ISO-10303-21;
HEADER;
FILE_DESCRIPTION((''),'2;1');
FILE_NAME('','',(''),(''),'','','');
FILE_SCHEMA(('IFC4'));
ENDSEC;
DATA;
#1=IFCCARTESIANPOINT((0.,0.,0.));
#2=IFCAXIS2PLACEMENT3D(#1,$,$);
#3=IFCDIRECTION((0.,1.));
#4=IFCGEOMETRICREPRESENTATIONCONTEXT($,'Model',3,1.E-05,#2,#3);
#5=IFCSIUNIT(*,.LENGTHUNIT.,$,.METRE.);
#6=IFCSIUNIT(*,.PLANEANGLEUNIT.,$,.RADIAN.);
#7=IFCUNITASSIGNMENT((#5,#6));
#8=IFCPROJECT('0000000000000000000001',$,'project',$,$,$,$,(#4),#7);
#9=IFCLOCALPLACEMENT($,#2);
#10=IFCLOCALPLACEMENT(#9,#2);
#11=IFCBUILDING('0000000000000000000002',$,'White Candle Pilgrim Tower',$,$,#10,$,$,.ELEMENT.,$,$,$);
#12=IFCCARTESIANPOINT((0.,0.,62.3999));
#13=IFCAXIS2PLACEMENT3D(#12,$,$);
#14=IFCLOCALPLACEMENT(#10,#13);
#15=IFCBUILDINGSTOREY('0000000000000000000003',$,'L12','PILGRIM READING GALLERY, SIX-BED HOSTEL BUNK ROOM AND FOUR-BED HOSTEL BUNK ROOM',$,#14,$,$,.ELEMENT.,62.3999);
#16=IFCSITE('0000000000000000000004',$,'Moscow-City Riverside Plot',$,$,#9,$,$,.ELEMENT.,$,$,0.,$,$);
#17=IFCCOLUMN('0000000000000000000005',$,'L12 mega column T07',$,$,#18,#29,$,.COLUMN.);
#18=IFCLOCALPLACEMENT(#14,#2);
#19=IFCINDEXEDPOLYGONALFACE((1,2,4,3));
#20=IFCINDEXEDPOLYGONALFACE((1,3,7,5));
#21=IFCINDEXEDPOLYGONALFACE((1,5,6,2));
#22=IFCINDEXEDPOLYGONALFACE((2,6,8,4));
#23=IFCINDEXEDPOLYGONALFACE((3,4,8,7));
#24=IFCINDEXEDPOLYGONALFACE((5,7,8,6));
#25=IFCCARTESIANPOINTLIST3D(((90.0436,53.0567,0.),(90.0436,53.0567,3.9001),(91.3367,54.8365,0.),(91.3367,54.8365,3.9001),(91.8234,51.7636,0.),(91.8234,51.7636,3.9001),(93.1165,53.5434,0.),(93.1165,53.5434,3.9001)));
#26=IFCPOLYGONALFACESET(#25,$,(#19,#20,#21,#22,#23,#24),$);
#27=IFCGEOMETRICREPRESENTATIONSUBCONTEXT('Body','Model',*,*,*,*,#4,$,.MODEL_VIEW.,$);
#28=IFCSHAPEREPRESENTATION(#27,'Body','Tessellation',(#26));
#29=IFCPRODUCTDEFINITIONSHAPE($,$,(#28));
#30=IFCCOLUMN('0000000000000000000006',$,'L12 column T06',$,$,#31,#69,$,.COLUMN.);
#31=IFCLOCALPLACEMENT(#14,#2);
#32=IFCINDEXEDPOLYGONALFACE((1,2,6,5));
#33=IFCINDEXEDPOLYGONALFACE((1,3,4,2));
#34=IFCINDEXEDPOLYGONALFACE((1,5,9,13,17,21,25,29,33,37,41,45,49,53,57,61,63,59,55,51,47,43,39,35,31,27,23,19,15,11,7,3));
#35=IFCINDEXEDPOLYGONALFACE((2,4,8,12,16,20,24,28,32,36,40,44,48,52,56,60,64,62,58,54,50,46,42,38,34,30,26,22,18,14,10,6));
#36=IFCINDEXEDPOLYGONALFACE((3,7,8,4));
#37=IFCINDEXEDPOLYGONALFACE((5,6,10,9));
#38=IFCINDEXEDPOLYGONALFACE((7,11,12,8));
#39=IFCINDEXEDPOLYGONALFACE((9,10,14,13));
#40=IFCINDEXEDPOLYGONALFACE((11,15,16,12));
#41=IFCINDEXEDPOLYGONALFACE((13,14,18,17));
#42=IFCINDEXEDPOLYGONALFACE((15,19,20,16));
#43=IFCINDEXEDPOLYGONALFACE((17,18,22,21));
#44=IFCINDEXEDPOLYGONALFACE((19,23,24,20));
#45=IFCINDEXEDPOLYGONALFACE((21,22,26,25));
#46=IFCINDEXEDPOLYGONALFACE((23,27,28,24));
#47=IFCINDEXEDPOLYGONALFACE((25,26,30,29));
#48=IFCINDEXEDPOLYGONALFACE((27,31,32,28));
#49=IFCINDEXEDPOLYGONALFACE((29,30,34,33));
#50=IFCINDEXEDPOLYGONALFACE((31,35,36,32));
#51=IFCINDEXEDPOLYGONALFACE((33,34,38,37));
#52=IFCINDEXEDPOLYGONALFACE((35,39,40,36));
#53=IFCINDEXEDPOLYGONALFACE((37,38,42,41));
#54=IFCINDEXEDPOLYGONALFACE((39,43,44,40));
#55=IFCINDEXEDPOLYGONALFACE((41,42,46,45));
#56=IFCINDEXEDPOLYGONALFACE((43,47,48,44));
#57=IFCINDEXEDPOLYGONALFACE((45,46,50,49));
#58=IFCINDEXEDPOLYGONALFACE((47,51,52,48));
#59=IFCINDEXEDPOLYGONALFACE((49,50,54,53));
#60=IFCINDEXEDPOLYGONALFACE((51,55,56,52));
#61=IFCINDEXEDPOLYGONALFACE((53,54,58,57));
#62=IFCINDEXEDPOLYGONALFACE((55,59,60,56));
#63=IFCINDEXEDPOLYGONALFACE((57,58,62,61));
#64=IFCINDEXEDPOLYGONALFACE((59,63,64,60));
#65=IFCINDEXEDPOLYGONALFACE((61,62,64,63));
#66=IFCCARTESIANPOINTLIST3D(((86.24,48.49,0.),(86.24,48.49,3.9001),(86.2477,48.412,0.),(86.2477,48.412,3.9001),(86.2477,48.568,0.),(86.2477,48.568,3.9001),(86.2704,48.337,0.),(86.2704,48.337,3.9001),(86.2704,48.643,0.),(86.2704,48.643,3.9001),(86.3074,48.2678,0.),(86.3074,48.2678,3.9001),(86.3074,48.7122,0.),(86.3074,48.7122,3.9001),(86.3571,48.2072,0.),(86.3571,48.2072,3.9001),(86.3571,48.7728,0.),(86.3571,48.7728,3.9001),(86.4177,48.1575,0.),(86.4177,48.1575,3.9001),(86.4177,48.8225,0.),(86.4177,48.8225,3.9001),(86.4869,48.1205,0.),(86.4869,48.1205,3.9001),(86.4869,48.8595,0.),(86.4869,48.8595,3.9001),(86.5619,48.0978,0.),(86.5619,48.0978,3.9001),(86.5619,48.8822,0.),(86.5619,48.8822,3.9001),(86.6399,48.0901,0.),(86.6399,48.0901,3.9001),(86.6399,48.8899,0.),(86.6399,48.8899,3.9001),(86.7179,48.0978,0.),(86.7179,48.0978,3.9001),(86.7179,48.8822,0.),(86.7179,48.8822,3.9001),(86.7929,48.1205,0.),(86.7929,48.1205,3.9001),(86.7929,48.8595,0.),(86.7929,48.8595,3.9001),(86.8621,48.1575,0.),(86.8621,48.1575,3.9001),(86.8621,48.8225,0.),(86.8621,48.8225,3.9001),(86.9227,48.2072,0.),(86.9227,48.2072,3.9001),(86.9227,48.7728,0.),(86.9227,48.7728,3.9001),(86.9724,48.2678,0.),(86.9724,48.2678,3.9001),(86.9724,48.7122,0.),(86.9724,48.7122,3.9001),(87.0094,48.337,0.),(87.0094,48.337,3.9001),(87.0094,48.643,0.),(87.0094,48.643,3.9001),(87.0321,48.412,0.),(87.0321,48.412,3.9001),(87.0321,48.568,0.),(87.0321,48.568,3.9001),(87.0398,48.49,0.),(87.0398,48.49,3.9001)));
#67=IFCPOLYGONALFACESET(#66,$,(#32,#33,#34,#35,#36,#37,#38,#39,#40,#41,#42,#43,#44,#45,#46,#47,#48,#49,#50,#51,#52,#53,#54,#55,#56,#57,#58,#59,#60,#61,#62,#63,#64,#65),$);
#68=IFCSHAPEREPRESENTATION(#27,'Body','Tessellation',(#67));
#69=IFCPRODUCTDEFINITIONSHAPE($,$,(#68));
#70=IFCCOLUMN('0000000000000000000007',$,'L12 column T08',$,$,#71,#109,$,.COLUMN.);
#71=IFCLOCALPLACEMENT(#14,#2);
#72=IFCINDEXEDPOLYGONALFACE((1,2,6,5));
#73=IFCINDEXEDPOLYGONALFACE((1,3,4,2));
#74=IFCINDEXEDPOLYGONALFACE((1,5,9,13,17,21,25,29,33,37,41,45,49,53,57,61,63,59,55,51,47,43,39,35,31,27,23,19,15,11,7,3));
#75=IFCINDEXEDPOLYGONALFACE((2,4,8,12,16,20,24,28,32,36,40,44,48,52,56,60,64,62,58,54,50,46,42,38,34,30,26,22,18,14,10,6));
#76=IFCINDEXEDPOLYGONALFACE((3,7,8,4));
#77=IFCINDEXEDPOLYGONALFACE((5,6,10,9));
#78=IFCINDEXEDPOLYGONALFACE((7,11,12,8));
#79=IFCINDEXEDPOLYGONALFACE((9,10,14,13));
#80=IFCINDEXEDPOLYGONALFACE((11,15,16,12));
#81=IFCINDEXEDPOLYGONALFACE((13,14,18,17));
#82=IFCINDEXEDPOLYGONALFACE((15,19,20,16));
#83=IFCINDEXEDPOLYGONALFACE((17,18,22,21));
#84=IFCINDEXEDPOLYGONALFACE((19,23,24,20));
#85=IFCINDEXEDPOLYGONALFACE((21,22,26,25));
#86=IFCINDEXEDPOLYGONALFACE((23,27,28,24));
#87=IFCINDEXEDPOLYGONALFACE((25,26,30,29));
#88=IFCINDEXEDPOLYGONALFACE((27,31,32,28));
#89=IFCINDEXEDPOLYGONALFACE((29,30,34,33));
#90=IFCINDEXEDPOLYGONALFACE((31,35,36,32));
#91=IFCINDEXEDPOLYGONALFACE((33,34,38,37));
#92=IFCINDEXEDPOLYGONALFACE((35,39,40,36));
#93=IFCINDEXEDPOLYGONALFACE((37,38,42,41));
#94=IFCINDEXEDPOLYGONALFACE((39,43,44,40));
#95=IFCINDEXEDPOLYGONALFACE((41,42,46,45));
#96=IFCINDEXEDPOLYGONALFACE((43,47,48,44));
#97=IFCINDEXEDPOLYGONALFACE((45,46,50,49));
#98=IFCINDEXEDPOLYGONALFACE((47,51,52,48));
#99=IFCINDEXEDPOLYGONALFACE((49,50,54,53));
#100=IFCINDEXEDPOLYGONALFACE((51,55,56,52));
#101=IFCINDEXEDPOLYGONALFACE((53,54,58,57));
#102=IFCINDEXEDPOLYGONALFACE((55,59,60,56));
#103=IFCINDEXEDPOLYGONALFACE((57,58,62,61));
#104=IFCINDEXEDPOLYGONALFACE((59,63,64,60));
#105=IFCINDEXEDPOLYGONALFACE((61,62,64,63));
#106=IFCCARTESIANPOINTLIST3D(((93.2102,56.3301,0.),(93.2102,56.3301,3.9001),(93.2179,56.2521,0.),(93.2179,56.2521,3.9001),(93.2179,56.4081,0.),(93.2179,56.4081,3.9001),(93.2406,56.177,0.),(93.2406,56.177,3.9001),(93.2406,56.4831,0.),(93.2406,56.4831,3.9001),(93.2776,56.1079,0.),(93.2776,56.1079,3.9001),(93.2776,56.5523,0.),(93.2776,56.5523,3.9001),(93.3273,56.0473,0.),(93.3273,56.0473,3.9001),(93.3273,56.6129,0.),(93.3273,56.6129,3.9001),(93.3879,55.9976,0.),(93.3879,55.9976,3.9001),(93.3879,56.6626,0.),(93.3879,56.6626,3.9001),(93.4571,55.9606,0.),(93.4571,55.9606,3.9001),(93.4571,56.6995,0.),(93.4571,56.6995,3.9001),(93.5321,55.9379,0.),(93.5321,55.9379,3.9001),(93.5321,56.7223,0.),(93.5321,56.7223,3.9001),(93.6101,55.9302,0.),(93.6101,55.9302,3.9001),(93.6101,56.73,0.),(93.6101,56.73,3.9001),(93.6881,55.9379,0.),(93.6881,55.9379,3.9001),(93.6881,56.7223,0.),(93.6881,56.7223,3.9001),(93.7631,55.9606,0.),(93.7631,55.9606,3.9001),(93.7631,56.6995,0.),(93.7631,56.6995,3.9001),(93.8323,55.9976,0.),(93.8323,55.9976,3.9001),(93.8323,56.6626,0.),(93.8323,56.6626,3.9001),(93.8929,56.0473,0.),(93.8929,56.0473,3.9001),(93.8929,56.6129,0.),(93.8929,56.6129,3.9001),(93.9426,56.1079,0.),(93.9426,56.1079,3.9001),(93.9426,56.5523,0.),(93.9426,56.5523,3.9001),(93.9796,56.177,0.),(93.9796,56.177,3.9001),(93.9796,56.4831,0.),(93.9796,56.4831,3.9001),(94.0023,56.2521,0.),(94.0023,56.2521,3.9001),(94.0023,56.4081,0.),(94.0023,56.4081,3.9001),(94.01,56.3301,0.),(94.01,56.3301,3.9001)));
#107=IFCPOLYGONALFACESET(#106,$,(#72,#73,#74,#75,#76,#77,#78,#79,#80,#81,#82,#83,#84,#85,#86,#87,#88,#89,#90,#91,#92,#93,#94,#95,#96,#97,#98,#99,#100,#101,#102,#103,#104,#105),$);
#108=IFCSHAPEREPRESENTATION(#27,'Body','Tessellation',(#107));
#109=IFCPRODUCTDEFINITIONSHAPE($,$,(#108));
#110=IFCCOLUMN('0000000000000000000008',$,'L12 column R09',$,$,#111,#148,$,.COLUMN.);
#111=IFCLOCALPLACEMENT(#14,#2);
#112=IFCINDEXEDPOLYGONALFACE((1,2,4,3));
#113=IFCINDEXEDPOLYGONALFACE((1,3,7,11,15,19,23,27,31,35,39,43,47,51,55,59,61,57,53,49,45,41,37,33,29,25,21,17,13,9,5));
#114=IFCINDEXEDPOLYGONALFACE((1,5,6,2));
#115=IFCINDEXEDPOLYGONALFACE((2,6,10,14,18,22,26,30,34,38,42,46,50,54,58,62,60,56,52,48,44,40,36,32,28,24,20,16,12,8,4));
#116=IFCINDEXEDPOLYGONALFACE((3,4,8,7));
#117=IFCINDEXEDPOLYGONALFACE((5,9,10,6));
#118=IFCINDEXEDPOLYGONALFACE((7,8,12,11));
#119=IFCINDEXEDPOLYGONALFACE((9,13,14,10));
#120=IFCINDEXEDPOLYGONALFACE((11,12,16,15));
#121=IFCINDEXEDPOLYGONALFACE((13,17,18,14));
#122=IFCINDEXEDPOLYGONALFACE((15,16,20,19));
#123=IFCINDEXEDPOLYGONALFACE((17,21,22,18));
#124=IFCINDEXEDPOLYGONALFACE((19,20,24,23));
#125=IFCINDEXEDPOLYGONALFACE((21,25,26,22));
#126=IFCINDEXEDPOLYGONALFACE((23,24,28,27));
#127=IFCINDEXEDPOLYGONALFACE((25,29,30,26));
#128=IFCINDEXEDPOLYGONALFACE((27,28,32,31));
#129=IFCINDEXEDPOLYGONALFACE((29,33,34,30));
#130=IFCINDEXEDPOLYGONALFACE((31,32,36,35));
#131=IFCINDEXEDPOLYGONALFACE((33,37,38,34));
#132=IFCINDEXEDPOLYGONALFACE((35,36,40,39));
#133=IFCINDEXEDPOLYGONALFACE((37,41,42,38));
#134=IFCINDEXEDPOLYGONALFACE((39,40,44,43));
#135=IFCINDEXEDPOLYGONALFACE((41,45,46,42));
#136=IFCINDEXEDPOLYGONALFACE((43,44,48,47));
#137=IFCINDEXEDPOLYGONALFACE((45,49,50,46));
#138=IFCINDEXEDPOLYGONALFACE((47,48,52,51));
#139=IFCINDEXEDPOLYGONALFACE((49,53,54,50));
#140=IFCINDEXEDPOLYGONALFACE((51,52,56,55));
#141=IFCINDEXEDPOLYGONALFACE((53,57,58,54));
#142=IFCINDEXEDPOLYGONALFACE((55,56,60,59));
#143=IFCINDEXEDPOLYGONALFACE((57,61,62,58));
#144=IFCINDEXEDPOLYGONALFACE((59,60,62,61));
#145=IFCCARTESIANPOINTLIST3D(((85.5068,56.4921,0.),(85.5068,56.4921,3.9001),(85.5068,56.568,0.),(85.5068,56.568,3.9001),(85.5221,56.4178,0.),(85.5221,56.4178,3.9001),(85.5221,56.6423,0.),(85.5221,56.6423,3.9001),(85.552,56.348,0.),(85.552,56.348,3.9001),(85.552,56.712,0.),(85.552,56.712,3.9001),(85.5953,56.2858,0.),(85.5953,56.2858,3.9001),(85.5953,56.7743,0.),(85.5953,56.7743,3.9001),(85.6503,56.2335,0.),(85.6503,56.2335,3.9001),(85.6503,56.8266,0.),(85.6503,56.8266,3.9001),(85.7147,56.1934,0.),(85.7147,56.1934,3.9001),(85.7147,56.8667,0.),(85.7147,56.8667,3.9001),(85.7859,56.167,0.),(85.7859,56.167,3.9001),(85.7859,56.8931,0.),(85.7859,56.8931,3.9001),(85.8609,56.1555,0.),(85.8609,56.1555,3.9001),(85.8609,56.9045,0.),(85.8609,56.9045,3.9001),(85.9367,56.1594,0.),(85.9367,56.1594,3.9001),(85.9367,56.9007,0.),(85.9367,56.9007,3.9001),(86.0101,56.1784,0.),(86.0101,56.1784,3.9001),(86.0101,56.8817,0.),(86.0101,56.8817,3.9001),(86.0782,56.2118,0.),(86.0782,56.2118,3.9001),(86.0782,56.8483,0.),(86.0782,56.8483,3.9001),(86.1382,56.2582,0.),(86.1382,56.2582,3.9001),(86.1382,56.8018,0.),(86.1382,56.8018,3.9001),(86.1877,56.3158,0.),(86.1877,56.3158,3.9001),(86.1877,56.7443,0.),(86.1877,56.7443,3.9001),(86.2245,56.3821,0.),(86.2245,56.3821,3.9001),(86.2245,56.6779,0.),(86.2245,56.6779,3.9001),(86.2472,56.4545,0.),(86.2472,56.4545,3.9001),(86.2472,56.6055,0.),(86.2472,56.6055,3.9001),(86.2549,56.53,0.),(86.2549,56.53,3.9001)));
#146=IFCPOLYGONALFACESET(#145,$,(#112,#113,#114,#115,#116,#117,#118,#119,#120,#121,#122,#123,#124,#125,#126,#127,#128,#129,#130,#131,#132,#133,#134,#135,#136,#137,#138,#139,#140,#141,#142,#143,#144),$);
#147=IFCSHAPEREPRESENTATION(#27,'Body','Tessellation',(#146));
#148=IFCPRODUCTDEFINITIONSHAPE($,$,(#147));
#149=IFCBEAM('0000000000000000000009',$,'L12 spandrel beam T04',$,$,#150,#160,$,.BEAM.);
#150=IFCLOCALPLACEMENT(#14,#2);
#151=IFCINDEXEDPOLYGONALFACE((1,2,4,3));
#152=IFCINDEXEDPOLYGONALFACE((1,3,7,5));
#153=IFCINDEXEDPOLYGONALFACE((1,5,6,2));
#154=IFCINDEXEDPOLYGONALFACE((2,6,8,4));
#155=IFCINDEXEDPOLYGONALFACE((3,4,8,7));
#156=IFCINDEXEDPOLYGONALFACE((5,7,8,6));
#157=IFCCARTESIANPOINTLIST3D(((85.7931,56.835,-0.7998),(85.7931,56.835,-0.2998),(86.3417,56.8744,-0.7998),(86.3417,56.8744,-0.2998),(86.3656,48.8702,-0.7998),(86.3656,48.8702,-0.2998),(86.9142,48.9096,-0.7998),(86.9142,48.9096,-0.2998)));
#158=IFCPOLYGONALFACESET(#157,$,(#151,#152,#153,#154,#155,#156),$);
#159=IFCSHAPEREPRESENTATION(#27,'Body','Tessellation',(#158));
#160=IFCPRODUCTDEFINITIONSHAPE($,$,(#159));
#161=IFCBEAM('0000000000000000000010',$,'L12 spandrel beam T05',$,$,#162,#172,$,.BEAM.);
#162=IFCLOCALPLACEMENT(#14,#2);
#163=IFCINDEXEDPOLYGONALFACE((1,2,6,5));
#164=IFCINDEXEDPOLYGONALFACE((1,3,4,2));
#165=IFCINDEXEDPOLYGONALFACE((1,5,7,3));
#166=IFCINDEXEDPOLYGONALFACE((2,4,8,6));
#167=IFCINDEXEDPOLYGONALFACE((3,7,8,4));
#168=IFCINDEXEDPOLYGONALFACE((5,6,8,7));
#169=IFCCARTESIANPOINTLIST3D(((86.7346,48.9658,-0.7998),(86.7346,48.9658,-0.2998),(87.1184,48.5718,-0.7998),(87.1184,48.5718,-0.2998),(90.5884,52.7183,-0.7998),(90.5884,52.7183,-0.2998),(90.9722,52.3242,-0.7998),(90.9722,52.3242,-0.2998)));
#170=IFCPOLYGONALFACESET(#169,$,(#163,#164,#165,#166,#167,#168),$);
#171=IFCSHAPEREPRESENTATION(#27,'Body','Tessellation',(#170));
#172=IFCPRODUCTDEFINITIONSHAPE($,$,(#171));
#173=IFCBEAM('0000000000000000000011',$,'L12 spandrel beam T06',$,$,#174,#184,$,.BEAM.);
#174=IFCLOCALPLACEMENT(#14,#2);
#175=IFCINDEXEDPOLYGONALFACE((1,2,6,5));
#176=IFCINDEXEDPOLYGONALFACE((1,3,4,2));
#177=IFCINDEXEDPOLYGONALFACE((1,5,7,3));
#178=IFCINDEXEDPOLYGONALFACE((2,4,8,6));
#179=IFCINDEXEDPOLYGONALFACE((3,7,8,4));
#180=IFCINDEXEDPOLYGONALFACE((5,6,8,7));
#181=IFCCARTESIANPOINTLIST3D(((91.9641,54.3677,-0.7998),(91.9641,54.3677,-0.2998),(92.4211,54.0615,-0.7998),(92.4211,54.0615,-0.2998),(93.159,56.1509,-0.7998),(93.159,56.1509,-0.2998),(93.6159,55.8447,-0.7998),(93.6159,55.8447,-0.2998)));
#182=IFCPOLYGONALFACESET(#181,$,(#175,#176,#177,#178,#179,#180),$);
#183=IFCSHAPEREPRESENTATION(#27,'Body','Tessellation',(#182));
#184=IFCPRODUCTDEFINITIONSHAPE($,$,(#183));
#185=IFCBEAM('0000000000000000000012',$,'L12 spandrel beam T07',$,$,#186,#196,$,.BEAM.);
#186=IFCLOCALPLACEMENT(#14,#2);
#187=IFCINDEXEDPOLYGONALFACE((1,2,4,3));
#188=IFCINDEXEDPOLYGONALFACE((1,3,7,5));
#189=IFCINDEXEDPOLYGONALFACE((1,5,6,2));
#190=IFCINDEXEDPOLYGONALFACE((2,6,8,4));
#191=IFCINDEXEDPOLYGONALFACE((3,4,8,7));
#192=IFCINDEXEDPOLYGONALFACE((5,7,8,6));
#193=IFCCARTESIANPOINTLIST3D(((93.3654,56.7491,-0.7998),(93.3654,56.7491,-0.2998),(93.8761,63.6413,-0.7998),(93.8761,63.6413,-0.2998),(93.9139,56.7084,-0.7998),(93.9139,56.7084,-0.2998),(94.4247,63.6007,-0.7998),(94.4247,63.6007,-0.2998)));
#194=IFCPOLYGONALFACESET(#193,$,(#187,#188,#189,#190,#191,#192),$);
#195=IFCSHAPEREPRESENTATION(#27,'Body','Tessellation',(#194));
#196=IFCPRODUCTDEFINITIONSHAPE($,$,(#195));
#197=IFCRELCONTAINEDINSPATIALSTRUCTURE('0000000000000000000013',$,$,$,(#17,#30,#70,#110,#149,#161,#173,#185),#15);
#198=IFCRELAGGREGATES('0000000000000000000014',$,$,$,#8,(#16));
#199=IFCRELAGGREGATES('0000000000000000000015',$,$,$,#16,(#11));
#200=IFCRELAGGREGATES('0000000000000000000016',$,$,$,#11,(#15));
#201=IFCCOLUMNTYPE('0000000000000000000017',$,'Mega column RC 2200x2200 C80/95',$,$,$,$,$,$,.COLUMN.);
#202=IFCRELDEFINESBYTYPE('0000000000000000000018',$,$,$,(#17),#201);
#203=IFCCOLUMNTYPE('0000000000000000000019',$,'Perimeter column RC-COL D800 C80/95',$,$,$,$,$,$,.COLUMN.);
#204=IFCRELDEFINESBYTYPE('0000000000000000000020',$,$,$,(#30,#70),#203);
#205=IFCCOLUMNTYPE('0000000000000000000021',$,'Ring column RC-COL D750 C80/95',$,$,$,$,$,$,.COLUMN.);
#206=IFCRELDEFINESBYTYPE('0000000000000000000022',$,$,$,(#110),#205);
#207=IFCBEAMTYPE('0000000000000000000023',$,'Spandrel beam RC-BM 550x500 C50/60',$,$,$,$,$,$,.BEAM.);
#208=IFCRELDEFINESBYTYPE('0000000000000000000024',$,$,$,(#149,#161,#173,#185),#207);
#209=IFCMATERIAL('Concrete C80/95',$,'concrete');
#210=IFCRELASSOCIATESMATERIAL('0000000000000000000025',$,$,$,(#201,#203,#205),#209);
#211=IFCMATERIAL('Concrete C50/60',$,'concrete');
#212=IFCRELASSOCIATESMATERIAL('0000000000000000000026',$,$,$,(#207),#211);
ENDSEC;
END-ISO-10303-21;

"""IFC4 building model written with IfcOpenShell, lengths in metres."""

from ifc_helpers import new_model, si_unit, direction, frame, origin, origin_2d, place, context, subcontext, project, spatial, rectangle, circle, extrude, material, material_profile, profile_set, type_object, element, save


model = new_model("IFC4")

# Units and contexts
model_context = context("Model", 3, precision=1e-05, world=origin(), true_north=direction((0.0, 1.0)))
body_context = subcontext(model_context, "Body", "Model", "MODEL_VIEW")
ifc_project = project(units=[si_unit("LENGTHUNIT", "METRE"), si_unit("PLANEANGLEUNIT", "RADIAN")], contexts=[model_context])

# Site, building, storey
site_placement = place(None, origin())
site = spatial("IfcSite", under=ifc_project, at=site_placement, Name="Moscow-City Riverside Plot", CompositionType="ELEMENT", RefElevation=0.0)
building_placement = place(site_placement, origin())
building = spatial("IfcBuilding", under=site, at=building_placement, Name="White Candle Pilgrim Tower", CompositionType="ELEMENT")
storey_placement = place(building_placement, frame((0.0, 0.0, 62.3999)))
storey = spatial("IfcBuildingStorey", under=building, at=storey_placement, Name="L12", Description="PILGRIM READING GALLERY, SIX-BED HOSTEL BUNK ROOM AND FOUR-BED HOSTEL BUNK ROOM", CompositionType="ELEMENT", Elevation=62.3999)

# Columns
ifc_material_1 = material(Name="Concrete C80/95", Category="concrete")
ifc_material_profile_1 = material_profile(ifc_material_1, rectangle(XDim=2.2, YDim=2.2, at=origin_2d()), Name="RC 2200x2200")
ifc_profile_set_1 = profile_set([ifc_material_profile_1], Name="Concrete C80/95")
column_type_1 = type_object("IfcColumnType", Name="Mega column RC 2200x2200 C80/95", PredefinedType="COLUMN", material=ifc_profile_set_1)
column_1_placement = place(storey_placement, frame((91.5801, 53.3, 0.0), z_axis=(0.0, 0.0, 1.0), x_axis=(0.809017, -0.587785, 0.0)))
element("IfcColumn", 1, at=column_1_placement, inside=storey, type_object=column_type_1, Name="L12 mega column T07", PredefinedType="COLUMN", context=body_context, shape_type="SweptSolid", body=[
    extrude(rectangle(XDim=2.2, YDim=2.2, at=origin_2d()), origin(), (0.0, 0.0, 1.0), 3.9001),
])
ifc_material_profile_2 = material_profile(ifc_material_1, circle(Radius=0.3999, at=origin_2d()), Name="RC-COL D800")
ifc_profile_set_2 = profile_set([ifc_material_profile_2], Name="Concrete C80/95")
column_type_2 = type_object("IfcColumnType", Name="Perimeter column RC-COL D800 C80/95", PredefinedType="COLUMN", material=ifc_profile_set_2)
for number, where, z_axis, x_axis, name in (
    (2, (86.6399, 48.49, 0.0), (0.0, 0.0, 1.0), (1.0, 0.0, 0.0), "L12 column T06"),
    (3, (93.6101, 56.3301, 0.0), (0.0, 0.0, 1.0), (1.0, 0.0, 0.0), "L12 column T08"),
):
    element("IfcColumn", number, at=place(storey_placement, frame(where, z_axis=z_axis, x_axis=x_axis)), inside=storey, type_object=column_type_2, Name=name, PredefinedType="COLUMN", context=body_context, shape_type="SweptSolid", body=[
        extrude(circle(Radius=0.3999, at=origin_2d()), origin(), (0.0, 0.0, 1.0), 3.9001),
    ])
ifc_material_profile_3 = material_profile(ifc_material_1, circle(Radius=0.375, at=origin_2d()), Name="RC-COL D750")
ifc_profile_set_3 = profile_set([ifc_material_profile_3], Name="Concrete C80/95")
column_type_3 = type_object("IfcColumnType", Name="Ring column RC-COL D750 C80/95", PredefinedType="COLUMN", material=ifc_profile_set_3)
column_2_placement = place(storey_placement, frame((85.8799, 56.53, 0.0), z_axis=(0.0, 0.0, 1.0), x_axis=(1.0, 0.0, 0.0)))
element("IfcColumn", 4, at=column_2_placement, inside=storey, type_object=column_type_3, Name="L12 column R09", PredefinedType="COLUMN", context=body_context, shape_type="SweptSolid", body=[
    extrude(circle(Radius=0.375, at=origin_2d()), origin(), (0.0, 0.0, 1.0), 3.9001),
])

# Beams
ifc_material_2 = material(Name="Concrete C50/60", Category="concrete")
ifc_material_profile_4 = material_profile(ifc_material_2, rectangle(XDim=0.55, YDim=0.5, at=origin_2d()), Name="RC-BM 550x500")
ifc_profile_set_4 = profile_set([ifc_material_profile_4], Name="Concrete C50/60")
beam_type = type_object("IfcBeamType", Name="Spandrel beam RC-BM 550x500 C50/60", PredefinedType="BEAM", material=ifc_profile_set_4)
beam_1_placement = place(storey_placement, frame((86.6399, 48.8899, -0.5498), z_axis=(-0.071695, 0.997427, 0.0), x_axis=(-0.997427, -0.071695, 0.0)))
element("IfcBeam", 5, at=beam_1_placement, inside=storey, type_object=beam_type, Name="L12 spandrel beam T04", PredefinedType="BEAM", context=body_context, shape_type="SweptSolid", body=[
    extrude(rectangle(XDim=0.55, YDim=0.5, at=origin_2d()), origin(), (0.0, 0.0, 1.0), 7.9854),
])
beam_2_placement = place(storey_placement, frame((86.9265, 48.7688, -0.5498), z_axis=(0.716462, 0.697626, 0.0), x_axis=(-0.697626, 0.716462, 0.0)))
element("IfcBeam", 6, at=beam_2_placement, inside=storey, type_object=beam_type, Name="L12 spandrel beam T05", PredefinedType="BEAM", context=body_context, shape_type="SweptSolid", body=[
    extrude(rectangle(XDim=0.55, YDim=0.5, at=origin_2d()), origin(), (0.0, 0.0, 1.0), 5.3789),
])
beam_3_placement = place(storey_placement, frame((92.1926, 54.2146, -0.5498), z_axis=(0.556641, 0.830753, 0.0), x_axis=(-0.830753, 0.556641, 0.0)))
element("IfcBeam", 7, at=beam_3_placement, inside=storey, type_object=beam_type, Name="L12 spandrel beam T06", PredefinedType="BEAM", context=body_context, shape_type="SweptSolid", body=[
    extrude(rectangle(XDim=0.55, YDim=0.5, at=origin_2d()), origin(), (0.0, 0.0, 1.0), 2.1465),
])
beam_4_placement = place(storey_placement, frame((93.6396, 56.7288, -0.5498), z_axis=(0.0739, 0.997266, 0.0), x_axis=(-0.997266, 0.0739, 0.0)))
element("IfcBeam", 8, at=beam_4_placement, inside=storey, type_object=beam_type, Name="L12 spandrel beam T07", PredefinedType="BEAM", context=body_context, shape_type="SweptSolid", body=[
    extrude(rectangle(XDim=0.55, YDim=0.5, at=origin_2d()), origin(), (0.0, 0.0, 1.0), 6.9111),
])

save(model, "model.ifc")
